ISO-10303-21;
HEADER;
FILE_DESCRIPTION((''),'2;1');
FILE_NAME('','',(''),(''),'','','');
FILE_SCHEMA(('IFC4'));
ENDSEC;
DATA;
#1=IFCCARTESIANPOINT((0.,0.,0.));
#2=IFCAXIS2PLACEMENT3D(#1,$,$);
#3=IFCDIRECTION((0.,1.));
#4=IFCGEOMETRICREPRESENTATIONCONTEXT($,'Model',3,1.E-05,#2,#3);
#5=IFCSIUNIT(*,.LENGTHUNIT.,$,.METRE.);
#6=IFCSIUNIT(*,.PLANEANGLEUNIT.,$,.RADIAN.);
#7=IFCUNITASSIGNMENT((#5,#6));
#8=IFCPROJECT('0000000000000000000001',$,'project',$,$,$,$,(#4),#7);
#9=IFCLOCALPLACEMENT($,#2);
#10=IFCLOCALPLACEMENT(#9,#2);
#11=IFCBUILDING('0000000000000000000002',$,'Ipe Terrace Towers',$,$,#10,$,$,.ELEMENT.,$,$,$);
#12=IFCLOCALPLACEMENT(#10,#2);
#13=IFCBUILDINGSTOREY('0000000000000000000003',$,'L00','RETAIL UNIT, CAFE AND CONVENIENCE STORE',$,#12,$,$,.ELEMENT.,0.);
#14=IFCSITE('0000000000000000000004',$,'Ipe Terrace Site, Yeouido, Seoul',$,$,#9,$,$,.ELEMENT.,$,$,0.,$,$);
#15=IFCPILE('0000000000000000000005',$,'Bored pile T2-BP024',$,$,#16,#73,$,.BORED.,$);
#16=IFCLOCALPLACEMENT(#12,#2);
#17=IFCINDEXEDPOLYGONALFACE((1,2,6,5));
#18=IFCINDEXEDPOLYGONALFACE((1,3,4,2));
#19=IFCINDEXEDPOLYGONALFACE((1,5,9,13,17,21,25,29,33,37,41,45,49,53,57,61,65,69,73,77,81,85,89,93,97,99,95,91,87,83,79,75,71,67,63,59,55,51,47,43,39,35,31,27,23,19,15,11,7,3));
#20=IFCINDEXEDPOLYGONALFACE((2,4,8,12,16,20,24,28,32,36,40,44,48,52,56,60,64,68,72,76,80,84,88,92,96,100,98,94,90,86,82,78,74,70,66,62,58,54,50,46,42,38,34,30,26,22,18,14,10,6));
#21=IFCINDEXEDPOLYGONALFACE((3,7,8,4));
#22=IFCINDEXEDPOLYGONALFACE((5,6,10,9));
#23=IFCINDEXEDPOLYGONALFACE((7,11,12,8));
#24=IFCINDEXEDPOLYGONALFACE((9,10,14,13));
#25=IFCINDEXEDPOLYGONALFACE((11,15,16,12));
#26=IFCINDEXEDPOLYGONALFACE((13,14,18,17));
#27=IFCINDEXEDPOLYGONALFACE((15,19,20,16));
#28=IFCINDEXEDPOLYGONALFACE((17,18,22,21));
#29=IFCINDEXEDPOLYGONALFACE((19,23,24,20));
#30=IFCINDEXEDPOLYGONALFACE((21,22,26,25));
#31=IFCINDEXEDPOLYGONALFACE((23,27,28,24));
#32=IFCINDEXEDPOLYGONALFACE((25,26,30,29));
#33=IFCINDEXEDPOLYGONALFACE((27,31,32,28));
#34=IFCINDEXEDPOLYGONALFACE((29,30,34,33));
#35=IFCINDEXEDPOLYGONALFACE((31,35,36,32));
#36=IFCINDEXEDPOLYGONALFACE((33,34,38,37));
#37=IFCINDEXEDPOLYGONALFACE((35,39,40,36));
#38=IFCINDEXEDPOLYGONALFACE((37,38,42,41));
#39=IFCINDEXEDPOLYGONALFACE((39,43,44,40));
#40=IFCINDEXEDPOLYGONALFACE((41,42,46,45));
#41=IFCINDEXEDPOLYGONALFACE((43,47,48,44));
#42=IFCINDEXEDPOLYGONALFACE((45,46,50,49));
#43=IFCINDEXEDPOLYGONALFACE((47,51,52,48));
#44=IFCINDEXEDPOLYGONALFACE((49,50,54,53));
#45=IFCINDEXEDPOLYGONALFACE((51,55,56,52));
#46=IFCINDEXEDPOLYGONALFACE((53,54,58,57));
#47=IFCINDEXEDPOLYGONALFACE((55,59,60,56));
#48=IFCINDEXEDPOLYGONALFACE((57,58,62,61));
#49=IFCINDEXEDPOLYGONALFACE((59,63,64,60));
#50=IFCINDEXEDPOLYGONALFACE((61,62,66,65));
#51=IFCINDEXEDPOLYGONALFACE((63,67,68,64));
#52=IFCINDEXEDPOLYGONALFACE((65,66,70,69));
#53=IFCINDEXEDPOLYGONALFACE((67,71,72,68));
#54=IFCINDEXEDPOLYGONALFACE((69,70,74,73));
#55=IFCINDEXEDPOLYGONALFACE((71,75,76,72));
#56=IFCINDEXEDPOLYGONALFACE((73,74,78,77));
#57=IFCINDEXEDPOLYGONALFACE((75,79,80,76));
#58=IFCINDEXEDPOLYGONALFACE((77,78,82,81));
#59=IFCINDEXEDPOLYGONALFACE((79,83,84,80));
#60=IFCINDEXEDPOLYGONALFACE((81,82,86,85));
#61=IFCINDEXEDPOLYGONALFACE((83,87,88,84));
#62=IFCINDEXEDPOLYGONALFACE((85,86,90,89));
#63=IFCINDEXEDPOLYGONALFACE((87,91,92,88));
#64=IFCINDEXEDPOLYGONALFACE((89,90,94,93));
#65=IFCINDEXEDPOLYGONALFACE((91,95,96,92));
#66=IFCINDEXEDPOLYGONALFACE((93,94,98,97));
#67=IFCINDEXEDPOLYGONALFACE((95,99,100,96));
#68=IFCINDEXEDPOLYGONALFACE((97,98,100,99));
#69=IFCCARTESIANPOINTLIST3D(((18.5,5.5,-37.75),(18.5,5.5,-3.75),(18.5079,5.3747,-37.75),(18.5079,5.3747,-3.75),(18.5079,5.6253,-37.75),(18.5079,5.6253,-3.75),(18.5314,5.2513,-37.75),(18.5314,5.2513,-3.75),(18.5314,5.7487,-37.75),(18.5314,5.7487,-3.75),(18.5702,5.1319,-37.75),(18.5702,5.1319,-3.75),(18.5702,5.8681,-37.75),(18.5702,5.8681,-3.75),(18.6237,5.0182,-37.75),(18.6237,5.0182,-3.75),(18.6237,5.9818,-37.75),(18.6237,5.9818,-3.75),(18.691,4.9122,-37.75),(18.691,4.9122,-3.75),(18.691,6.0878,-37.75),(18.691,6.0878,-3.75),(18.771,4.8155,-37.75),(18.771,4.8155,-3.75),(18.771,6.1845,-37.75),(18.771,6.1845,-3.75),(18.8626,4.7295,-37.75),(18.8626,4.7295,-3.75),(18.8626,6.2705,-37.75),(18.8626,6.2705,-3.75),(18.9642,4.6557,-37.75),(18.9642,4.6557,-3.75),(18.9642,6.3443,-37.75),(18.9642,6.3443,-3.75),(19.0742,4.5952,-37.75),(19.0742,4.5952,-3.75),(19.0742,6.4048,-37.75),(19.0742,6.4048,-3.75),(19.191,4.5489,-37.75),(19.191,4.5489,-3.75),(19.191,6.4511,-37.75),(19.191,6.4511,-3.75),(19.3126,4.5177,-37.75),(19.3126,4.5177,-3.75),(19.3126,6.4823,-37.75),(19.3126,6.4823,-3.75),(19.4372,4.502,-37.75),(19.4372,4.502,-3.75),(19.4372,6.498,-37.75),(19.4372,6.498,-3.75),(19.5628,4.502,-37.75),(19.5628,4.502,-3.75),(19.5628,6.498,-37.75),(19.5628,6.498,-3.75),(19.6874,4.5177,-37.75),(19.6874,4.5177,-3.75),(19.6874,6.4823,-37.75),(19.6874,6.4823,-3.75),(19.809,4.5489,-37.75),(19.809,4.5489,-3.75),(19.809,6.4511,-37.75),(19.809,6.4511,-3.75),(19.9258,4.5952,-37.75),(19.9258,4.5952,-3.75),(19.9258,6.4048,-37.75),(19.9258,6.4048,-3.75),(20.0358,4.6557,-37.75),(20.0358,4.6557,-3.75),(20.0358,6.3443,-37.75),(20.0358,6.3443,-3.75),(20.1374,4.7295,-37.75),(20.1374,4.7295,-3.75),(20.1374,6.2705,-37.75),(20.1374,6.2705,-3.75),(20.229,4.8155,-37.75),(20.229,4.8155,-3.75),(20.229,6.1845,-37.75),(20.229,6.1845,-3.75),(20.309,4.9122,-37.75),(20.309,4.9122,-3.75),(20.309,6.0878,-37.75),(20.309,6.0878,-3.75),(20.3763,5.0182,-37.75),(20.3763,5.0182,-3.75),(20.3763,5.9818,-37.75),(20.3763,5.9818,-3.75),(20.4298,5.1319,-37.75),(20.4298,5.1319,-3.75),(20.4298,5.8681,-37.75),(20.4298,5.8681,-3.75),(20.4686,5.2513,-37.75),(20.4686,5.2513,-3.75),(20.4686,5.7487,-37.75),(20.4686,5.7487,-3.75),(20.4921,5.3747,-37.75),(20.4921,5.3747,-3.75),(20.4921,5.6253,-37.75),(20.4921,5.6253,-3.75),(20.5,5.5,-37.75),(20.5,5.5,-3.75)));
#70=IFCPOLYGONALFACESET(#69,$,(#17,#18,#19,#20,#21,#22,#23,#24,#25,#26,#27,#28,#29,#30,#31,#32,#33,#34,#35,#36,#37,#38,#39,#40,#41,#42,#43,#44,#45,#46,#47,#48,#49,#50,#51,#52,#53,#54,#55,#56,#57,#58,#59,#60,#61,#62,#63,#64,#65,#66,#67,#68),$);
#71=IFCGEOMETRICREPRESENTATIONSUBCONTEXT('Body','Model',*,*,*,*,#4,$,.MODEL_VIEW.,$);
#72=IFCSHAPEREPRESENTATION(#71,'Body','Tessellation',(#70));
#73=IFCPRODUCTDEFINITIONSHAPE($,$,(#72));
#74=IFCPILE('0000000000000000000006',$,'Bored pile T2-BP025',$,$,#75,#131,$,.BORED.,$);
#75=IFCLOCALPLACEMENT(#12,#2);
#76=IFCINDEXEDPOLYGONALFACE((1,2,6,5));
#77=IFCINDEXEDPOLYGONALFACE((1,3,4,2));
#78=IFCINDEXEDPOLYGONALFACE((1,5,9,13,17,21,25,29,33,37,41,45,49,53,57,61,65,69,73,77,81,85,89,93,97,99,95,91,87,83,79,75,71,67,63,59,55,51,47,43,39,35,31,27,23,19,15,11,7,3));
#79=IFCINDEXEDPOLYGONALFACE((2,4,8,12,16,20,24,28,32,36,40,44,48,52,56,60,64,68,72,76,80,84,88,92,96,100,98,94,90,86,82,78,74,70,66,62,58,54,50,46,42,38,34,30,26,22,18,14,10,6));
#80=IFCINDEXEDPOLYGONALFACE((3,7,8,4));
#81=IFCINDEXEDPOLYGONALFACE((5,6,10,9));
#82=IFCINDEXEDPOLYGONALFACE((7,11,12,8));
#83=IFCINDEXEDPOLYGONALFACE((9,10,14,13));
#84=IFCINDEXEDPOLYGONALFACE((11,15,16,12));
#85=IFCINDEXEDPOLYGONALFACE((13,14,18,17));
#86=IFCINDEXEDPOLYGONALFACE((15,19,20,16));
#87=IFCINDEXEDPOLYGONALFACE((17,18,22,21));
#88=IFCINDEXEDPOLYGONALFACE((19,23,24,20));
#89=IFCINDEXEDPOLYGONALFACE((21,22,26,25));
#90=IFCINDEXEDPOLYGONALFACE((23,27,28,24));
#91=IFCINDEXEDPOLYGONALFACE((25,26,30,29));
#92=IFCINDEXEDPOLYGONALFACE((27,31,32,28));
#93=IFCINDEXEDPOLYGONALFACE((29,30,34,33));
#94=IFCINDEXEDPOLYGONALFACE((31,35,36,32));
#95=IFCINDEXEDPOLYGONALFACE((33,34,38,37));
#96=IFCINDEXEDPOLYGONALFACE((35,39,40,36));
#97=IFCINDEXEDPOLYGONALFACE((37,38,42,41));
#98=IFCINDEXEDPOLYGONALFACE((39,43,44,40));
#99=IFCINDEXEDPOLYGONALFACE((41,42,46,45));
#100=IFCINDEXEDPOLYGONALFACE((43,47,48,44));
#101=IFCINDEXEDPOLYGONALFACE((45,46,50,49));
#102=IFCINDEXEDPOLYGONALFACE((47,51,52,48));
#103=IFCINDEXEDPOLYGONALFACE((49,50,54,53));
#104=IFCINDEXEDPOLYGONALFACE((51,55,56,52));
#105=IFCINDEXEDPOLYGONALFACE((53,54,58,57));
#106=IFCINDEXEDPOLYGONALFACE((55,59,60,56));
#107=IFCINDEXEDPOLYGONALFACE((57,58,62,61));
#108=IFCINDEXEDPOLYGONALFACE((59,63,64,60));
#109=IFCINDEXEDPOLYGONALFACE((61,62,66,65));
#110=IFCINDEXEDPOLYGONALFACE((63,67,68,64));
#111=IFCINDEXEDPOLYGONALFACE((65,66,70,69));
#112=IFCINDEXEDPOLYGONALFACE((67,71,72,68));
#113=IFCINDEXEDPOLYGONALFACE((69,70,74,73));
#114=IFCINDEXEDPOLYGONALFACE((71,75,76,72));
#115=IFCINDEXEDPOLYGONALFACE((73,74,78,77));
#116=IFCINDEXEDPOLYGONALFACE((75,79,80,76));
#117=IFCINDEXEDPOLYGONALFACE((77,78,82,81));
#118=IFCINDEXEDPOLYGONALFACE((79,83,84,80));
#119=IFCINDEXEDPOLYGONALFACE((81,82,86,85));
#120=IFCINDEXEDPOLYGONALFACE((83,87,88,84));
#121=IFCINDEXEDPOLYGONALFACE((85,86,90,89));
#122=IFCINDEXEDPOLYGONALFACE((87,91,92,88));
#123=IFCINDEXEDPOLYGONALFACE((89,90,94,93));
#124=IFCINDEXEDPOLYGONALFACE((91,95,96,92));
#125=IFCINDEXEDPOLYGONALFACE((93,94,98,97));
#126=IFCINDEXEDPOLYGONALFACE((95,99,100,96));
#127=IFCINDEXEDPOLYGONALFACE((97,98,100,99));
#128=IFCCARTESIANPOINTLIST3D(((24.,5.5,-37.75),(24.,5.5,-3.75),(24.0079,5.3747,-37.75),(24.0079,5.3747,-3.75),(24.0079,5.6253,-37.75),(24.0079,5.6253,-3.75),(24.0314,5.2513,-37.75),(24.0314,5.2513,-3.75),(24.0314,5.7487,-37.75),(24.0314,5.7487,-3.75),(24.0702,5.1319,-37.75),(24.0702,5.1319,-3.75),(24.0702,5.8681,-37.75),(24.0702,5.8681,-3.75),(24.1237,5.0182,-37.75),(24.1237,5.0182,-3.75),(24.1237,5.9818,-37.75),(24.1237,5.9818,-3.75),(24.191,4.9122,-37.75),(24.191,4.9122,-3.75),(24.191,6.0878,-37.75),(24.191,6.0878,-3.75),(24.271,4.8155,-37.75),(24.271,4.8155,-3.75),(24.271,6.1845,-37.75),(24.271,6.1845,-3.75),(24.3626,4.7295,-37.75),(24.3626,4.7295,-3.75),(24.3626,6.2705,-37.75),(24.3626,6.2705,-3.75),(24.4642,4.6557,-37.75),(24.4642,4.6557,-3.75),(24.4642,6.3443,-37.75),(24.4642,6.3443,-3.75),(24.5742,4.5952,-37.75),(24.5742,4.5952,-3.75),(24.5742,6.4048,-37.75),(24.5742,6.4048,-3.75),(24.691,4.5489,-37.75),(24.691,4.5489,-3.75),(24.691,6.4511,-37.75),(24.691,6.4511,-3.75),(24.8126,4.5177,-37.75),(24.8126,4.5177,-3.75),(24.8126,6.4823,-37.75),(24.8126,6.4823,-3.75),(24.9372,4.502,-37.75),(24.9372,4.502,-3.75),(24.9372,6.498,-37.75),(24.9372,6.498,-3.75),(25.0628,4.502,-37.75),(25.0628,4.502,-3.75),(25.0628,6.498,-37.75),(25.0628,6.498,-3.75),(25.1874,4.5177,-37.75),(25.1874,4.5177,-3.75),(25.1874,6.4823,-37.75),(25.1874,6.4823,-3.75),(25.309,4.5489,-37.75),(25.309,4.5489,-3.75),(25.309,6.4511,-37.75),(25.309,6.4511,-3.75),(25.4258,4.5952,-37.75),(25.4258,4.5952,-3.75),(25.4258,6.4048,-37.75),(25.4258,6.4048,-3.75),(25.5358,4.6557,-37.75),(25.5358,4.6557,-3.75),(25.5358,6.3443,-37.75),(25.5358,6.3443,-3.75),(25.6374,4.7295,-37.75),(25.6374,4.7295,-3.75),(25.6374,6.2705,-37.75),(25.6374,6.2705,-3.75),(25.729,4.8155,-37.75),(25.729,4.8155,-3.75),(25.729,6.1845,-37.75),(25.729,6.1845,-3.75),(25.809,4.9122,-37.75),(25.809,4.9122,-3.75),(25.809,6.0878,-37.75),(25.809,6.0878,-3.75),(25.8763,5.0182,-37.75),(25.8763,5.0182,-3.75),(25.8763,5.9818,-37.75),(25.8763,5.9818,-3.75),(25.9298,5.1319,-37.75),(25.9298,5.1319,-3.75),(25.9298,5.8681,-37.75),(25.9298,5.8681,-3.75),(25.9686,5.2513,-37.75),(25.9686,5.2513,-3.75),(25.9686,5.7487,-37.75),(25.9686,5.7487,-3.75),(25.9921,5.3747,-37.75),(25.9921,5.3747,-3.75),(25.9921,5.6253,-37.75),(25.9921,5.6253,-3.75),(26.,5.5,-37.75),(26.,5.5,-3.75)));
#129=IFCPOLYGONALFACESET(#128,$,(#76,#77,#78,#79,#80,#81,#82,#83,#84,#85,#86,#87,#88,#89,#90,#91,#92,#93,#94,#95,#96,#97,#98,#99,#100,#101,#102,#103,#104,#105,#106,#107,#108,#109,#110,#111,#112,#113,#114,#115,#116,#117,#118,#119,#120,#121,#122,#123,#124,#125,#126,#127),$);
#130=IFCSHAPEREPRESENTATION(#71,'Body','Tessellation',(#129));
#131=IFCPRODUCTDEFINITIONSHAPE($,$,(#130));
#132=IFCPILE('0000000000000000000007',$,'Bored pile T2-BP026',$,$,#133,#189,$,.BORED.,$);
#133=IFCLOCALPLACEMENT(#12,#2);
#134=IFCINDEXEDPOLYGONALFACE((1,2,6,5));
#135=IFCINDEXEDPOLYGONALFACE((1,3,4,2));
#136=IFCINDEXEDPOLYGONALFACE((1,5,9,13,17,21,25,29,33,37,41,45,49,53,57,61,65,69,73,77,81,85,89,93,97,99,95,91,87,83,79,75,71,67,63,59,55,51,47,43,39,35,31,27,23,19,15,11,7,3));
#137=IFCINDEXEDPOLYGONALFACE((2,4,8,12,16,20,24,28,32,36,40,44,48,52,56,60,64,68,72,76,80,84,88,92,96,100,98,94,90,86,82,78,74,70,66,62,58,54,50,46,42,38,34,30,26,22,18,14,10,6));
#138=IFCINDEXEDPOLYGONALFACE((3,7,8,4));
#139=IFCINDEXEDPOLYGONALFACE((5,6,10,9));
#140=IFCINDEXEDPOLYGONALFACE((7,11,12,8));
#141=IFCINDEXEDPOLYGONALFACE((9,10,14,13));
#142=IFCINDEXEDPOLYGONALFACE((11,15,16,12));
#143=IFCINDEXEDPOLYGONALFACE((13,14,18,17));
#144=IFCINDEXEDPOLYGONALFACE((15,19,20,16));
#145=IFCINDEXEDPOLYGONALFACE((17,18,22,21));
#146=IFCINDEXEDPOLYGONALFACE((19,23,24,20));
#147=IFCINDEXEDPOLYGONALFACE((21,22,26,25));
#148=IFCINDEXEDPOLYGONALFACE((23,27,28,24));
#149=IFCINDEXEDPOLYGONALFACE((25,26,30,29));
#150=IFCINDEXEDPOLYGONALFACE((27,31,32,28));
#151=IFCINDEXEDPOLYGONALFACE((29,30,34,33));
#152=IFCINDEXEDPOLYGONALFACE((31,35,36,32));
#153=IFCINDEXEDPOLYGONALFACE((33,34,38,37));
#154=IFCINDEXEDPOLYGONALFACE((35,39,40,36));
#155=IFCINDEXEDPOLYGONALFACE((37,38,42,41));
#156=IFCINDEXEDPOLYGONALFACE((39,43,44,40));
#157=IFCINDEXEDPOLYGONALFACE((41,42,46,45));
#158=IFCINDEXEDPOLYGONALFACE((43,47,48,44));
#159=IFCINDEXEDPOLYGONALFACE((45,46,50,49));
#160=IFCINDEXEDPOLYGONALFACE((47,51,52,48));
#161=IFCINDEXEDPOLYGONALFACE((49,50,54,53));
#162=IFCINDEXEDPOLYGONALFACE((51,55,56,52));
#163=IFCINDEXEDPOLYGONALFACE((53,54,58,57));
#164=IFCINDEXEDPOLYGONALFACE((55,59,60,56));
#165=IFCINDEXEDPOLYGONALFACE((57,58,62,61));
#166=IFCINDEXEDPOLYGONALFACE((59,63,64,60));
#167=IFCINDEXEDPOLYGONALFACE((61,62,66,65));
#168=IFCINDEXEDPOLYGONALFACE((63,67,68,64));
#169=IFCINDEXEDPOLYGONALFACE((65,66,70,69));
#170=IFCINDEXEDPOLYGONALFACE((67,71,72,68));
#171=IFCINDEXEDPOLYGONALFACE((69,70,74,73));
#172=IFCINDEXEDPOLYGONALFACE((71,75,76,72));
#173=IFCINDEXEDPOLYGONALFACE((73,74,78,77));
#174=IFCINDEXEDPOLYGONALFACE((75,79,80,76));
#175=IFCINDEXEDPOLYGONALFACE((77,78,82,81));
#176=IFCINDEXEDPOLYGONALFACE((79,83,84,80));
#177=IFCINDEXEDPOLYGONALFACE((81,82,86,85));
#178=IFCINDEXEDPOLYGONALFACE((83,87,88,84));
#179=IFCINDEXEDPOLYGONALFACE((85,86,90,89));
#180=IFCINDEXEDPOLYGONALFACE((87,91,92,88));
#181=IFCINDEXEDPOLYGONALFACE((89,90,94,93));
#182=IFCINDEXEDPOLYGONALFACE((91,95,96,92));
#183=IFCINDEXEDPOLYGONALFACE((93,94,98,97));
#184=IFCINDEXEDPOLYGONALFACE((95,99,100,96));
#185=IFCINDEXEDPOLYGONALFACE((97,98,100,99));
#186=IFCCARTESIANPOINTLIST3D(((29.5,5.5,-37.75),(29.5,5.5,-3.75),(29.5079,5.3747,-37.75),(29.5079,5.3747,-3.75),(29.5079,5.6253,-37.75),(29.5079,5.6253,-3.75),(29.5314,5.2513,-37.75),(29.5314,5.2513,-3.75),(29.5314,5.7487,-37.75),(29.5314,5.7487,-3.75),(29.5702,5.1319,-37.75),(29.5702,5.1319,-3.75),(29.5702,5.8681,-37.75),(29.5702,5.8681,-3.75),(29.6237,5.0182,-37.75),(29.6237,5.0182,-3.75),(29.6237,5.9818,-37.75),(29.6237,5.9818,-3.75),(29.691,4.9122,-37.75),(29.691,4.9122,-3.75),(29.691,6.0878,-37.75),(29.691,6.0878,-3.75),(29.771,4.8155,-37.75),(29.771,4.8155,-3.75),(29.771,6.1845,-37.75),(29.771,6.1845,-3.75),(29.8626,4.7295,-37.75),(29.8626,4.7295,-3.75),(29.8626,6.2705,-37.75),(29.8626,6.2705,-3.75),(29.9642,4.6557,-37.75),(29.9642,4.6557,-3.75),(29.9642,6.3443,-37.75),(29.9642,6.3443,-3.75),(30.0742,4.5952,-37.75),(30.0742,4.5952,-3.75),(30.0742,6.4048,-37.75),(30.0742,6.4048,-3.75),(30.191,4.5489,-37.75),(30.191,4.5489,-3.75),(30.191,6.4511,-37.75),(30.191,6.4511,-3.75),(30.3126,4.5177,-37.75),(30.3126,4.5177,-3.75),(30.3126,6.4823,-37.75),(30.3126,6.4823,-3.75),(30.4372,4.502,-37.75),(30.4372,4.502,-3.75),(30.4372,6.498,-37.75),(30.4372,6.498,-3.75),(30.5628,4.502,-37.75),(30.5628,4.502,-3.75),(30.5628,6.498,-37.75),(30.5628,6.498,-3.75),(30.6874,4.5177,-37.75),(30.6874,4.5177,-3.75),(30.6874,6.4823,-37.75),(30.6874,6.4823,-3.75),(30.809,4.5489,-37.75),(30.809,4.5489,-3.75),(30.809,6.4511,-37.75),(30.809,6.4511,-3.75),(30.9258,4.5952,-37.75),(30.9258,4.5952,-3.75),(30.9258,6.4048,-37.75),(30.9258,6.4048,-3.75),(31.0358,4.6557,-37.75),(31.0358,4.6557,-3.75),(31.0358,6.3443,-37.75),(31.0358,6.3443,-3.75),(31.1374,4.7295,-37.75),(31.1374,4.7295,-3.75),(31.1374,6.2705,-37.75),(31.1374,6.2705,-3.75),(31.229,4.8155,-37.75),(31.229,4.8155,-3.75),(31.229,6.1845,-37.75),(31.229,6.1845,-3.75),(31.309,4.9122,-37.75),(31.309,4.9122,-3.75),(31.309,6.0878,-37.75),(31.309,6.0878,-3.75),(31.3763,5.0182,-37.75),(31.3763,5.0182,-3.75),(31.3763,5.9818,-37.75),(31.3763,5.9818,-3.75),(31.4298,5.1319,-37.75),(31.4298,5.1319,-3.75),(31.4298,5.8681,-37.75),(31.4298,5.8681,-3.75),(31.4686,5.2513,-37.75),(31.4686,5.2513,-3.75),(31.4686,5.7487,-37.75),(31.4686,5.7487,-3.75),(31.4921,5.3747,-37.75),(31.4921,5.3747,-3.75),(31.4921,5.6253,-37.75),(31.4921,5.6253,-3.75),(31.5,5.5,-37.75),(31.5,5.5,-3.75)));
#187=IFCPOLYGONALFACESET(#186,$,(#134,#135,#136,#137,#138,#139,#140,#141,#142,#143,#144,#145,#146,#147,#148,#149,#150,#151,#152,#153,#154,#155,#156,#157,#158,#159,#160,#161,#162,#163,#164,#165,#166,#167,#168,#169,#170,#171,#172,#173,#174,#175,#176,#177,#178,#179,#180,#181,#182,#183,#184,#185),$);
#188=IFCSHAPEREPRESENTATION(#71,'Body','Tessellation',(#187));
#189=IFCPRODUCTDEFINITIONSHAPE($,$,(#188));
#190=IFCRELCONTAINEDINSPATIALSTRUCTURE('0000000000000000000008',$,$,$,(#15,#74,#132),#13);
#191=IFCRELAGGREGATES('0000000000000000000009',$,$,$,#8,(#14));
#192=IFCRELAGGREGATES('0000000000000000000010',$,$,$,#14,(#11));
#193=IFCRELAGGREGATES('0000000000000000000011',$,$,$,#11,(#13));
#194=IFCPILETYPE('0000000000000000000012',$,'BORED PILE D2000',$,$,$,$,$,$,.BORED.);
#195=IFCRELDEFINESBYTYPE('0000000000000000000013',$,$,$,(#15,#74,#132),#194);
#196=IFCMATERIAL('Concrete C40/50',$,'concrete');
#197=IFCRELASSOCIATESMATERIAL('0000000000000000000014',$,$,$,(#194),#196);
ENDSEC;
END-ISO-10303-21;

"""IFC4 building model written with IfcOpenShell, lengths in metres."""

from ifc_helpers import new_model, si_unit, direction, frame, origin, origin_2d, place, context, subcontext, project, spatial, circle, extrude, material, material_profile, profile_set, type_object, element, save


model = new_model("IFC4")

# Units and contexts
model_context = context("Model", 3, precision=1e-05, world=origin(), true_north=direction((0.0, 1.0)))
body_context = subcontext(model_context, "Body", "Model", "MODEL_VIEW")
ifc_project = project(units=[si_unit("LENGTHUNIT", "METRE"), si_unit("PLANEANGLEUNIT", "RADIAN")], contexts=[model_context])

# Site, building, storey
site_placement = place(None, origin())
site = spatial("IfcSite", under=ifc_project, at=site_placement, Name="Ipe Terrace Site, Yeouido, Seoul", CompositionType="ELEMENT", RefElevation=0.0)
building_placement = place(site_placement, origin())
building = spatial("IfcBuilding", under=site, at=building_placement, Name="Ipe Terrace Towers", CompositionType="ELEMENT")
storey_placement = place(building_placement, origin())
storey = spatial("IfcBuildingStorey", under=building, at=storey_placement, Name="L00", Description="RETAIL UNIT, CAFE AND CONVENIENCE STORE", CompositionType="ELEMENT", Elevation=0.0)

# Piles
ifc_material_1 = material(Name="Concrete C40/50", Category="concrete")
ifc_material_profile_1 = material_profile(ifc_material_1, circle(Radius=1.0, at=origin_2d()), Name="BORED PILE D2000")
ifc_profile_set_1 = profile_set([ifc_material_profile_1], Name="Concrete C40/50")
pile_type = type_object("IfcPileType", Name="BORED PILE D2000", PredefinedType="BORED", material=ifc_profile_set_1)
for number, where, z_axis, x_axis, name in (
    (1, (19.5, 5.5, -3.75), (0.0, 0.0, -1.0), (1.0, 0.0, 0.0), "Bored pile T2-BP024"),
    (2, (25.0, 5.5, -3.75), (0.0, 0.0, -1.0), (1.0, 0.0, 0.0), "Bored pile T2-BP025"),
    (3, (30.5, 5.5, -3.75), (0.0, 0.0, -1.0), (1.0, 0.0, 0.0), "Bored pile T2-BP026"),
):
    element("IfcPile", number, at=place(storey_placement, frame(where, z_axis=z_axis, x_axis=x_axis)), inside=storey, type_object=pile_type, Name=name, PredefinedType="BORED", context=body_context, shape_type="SweptSolid", body=[
        extrude(circle(Radius=1.0, at=origin_2d()), origin(), (0.0, 0.0, 1.0), 34.0),
    ])

save(model, "model.ifc")
